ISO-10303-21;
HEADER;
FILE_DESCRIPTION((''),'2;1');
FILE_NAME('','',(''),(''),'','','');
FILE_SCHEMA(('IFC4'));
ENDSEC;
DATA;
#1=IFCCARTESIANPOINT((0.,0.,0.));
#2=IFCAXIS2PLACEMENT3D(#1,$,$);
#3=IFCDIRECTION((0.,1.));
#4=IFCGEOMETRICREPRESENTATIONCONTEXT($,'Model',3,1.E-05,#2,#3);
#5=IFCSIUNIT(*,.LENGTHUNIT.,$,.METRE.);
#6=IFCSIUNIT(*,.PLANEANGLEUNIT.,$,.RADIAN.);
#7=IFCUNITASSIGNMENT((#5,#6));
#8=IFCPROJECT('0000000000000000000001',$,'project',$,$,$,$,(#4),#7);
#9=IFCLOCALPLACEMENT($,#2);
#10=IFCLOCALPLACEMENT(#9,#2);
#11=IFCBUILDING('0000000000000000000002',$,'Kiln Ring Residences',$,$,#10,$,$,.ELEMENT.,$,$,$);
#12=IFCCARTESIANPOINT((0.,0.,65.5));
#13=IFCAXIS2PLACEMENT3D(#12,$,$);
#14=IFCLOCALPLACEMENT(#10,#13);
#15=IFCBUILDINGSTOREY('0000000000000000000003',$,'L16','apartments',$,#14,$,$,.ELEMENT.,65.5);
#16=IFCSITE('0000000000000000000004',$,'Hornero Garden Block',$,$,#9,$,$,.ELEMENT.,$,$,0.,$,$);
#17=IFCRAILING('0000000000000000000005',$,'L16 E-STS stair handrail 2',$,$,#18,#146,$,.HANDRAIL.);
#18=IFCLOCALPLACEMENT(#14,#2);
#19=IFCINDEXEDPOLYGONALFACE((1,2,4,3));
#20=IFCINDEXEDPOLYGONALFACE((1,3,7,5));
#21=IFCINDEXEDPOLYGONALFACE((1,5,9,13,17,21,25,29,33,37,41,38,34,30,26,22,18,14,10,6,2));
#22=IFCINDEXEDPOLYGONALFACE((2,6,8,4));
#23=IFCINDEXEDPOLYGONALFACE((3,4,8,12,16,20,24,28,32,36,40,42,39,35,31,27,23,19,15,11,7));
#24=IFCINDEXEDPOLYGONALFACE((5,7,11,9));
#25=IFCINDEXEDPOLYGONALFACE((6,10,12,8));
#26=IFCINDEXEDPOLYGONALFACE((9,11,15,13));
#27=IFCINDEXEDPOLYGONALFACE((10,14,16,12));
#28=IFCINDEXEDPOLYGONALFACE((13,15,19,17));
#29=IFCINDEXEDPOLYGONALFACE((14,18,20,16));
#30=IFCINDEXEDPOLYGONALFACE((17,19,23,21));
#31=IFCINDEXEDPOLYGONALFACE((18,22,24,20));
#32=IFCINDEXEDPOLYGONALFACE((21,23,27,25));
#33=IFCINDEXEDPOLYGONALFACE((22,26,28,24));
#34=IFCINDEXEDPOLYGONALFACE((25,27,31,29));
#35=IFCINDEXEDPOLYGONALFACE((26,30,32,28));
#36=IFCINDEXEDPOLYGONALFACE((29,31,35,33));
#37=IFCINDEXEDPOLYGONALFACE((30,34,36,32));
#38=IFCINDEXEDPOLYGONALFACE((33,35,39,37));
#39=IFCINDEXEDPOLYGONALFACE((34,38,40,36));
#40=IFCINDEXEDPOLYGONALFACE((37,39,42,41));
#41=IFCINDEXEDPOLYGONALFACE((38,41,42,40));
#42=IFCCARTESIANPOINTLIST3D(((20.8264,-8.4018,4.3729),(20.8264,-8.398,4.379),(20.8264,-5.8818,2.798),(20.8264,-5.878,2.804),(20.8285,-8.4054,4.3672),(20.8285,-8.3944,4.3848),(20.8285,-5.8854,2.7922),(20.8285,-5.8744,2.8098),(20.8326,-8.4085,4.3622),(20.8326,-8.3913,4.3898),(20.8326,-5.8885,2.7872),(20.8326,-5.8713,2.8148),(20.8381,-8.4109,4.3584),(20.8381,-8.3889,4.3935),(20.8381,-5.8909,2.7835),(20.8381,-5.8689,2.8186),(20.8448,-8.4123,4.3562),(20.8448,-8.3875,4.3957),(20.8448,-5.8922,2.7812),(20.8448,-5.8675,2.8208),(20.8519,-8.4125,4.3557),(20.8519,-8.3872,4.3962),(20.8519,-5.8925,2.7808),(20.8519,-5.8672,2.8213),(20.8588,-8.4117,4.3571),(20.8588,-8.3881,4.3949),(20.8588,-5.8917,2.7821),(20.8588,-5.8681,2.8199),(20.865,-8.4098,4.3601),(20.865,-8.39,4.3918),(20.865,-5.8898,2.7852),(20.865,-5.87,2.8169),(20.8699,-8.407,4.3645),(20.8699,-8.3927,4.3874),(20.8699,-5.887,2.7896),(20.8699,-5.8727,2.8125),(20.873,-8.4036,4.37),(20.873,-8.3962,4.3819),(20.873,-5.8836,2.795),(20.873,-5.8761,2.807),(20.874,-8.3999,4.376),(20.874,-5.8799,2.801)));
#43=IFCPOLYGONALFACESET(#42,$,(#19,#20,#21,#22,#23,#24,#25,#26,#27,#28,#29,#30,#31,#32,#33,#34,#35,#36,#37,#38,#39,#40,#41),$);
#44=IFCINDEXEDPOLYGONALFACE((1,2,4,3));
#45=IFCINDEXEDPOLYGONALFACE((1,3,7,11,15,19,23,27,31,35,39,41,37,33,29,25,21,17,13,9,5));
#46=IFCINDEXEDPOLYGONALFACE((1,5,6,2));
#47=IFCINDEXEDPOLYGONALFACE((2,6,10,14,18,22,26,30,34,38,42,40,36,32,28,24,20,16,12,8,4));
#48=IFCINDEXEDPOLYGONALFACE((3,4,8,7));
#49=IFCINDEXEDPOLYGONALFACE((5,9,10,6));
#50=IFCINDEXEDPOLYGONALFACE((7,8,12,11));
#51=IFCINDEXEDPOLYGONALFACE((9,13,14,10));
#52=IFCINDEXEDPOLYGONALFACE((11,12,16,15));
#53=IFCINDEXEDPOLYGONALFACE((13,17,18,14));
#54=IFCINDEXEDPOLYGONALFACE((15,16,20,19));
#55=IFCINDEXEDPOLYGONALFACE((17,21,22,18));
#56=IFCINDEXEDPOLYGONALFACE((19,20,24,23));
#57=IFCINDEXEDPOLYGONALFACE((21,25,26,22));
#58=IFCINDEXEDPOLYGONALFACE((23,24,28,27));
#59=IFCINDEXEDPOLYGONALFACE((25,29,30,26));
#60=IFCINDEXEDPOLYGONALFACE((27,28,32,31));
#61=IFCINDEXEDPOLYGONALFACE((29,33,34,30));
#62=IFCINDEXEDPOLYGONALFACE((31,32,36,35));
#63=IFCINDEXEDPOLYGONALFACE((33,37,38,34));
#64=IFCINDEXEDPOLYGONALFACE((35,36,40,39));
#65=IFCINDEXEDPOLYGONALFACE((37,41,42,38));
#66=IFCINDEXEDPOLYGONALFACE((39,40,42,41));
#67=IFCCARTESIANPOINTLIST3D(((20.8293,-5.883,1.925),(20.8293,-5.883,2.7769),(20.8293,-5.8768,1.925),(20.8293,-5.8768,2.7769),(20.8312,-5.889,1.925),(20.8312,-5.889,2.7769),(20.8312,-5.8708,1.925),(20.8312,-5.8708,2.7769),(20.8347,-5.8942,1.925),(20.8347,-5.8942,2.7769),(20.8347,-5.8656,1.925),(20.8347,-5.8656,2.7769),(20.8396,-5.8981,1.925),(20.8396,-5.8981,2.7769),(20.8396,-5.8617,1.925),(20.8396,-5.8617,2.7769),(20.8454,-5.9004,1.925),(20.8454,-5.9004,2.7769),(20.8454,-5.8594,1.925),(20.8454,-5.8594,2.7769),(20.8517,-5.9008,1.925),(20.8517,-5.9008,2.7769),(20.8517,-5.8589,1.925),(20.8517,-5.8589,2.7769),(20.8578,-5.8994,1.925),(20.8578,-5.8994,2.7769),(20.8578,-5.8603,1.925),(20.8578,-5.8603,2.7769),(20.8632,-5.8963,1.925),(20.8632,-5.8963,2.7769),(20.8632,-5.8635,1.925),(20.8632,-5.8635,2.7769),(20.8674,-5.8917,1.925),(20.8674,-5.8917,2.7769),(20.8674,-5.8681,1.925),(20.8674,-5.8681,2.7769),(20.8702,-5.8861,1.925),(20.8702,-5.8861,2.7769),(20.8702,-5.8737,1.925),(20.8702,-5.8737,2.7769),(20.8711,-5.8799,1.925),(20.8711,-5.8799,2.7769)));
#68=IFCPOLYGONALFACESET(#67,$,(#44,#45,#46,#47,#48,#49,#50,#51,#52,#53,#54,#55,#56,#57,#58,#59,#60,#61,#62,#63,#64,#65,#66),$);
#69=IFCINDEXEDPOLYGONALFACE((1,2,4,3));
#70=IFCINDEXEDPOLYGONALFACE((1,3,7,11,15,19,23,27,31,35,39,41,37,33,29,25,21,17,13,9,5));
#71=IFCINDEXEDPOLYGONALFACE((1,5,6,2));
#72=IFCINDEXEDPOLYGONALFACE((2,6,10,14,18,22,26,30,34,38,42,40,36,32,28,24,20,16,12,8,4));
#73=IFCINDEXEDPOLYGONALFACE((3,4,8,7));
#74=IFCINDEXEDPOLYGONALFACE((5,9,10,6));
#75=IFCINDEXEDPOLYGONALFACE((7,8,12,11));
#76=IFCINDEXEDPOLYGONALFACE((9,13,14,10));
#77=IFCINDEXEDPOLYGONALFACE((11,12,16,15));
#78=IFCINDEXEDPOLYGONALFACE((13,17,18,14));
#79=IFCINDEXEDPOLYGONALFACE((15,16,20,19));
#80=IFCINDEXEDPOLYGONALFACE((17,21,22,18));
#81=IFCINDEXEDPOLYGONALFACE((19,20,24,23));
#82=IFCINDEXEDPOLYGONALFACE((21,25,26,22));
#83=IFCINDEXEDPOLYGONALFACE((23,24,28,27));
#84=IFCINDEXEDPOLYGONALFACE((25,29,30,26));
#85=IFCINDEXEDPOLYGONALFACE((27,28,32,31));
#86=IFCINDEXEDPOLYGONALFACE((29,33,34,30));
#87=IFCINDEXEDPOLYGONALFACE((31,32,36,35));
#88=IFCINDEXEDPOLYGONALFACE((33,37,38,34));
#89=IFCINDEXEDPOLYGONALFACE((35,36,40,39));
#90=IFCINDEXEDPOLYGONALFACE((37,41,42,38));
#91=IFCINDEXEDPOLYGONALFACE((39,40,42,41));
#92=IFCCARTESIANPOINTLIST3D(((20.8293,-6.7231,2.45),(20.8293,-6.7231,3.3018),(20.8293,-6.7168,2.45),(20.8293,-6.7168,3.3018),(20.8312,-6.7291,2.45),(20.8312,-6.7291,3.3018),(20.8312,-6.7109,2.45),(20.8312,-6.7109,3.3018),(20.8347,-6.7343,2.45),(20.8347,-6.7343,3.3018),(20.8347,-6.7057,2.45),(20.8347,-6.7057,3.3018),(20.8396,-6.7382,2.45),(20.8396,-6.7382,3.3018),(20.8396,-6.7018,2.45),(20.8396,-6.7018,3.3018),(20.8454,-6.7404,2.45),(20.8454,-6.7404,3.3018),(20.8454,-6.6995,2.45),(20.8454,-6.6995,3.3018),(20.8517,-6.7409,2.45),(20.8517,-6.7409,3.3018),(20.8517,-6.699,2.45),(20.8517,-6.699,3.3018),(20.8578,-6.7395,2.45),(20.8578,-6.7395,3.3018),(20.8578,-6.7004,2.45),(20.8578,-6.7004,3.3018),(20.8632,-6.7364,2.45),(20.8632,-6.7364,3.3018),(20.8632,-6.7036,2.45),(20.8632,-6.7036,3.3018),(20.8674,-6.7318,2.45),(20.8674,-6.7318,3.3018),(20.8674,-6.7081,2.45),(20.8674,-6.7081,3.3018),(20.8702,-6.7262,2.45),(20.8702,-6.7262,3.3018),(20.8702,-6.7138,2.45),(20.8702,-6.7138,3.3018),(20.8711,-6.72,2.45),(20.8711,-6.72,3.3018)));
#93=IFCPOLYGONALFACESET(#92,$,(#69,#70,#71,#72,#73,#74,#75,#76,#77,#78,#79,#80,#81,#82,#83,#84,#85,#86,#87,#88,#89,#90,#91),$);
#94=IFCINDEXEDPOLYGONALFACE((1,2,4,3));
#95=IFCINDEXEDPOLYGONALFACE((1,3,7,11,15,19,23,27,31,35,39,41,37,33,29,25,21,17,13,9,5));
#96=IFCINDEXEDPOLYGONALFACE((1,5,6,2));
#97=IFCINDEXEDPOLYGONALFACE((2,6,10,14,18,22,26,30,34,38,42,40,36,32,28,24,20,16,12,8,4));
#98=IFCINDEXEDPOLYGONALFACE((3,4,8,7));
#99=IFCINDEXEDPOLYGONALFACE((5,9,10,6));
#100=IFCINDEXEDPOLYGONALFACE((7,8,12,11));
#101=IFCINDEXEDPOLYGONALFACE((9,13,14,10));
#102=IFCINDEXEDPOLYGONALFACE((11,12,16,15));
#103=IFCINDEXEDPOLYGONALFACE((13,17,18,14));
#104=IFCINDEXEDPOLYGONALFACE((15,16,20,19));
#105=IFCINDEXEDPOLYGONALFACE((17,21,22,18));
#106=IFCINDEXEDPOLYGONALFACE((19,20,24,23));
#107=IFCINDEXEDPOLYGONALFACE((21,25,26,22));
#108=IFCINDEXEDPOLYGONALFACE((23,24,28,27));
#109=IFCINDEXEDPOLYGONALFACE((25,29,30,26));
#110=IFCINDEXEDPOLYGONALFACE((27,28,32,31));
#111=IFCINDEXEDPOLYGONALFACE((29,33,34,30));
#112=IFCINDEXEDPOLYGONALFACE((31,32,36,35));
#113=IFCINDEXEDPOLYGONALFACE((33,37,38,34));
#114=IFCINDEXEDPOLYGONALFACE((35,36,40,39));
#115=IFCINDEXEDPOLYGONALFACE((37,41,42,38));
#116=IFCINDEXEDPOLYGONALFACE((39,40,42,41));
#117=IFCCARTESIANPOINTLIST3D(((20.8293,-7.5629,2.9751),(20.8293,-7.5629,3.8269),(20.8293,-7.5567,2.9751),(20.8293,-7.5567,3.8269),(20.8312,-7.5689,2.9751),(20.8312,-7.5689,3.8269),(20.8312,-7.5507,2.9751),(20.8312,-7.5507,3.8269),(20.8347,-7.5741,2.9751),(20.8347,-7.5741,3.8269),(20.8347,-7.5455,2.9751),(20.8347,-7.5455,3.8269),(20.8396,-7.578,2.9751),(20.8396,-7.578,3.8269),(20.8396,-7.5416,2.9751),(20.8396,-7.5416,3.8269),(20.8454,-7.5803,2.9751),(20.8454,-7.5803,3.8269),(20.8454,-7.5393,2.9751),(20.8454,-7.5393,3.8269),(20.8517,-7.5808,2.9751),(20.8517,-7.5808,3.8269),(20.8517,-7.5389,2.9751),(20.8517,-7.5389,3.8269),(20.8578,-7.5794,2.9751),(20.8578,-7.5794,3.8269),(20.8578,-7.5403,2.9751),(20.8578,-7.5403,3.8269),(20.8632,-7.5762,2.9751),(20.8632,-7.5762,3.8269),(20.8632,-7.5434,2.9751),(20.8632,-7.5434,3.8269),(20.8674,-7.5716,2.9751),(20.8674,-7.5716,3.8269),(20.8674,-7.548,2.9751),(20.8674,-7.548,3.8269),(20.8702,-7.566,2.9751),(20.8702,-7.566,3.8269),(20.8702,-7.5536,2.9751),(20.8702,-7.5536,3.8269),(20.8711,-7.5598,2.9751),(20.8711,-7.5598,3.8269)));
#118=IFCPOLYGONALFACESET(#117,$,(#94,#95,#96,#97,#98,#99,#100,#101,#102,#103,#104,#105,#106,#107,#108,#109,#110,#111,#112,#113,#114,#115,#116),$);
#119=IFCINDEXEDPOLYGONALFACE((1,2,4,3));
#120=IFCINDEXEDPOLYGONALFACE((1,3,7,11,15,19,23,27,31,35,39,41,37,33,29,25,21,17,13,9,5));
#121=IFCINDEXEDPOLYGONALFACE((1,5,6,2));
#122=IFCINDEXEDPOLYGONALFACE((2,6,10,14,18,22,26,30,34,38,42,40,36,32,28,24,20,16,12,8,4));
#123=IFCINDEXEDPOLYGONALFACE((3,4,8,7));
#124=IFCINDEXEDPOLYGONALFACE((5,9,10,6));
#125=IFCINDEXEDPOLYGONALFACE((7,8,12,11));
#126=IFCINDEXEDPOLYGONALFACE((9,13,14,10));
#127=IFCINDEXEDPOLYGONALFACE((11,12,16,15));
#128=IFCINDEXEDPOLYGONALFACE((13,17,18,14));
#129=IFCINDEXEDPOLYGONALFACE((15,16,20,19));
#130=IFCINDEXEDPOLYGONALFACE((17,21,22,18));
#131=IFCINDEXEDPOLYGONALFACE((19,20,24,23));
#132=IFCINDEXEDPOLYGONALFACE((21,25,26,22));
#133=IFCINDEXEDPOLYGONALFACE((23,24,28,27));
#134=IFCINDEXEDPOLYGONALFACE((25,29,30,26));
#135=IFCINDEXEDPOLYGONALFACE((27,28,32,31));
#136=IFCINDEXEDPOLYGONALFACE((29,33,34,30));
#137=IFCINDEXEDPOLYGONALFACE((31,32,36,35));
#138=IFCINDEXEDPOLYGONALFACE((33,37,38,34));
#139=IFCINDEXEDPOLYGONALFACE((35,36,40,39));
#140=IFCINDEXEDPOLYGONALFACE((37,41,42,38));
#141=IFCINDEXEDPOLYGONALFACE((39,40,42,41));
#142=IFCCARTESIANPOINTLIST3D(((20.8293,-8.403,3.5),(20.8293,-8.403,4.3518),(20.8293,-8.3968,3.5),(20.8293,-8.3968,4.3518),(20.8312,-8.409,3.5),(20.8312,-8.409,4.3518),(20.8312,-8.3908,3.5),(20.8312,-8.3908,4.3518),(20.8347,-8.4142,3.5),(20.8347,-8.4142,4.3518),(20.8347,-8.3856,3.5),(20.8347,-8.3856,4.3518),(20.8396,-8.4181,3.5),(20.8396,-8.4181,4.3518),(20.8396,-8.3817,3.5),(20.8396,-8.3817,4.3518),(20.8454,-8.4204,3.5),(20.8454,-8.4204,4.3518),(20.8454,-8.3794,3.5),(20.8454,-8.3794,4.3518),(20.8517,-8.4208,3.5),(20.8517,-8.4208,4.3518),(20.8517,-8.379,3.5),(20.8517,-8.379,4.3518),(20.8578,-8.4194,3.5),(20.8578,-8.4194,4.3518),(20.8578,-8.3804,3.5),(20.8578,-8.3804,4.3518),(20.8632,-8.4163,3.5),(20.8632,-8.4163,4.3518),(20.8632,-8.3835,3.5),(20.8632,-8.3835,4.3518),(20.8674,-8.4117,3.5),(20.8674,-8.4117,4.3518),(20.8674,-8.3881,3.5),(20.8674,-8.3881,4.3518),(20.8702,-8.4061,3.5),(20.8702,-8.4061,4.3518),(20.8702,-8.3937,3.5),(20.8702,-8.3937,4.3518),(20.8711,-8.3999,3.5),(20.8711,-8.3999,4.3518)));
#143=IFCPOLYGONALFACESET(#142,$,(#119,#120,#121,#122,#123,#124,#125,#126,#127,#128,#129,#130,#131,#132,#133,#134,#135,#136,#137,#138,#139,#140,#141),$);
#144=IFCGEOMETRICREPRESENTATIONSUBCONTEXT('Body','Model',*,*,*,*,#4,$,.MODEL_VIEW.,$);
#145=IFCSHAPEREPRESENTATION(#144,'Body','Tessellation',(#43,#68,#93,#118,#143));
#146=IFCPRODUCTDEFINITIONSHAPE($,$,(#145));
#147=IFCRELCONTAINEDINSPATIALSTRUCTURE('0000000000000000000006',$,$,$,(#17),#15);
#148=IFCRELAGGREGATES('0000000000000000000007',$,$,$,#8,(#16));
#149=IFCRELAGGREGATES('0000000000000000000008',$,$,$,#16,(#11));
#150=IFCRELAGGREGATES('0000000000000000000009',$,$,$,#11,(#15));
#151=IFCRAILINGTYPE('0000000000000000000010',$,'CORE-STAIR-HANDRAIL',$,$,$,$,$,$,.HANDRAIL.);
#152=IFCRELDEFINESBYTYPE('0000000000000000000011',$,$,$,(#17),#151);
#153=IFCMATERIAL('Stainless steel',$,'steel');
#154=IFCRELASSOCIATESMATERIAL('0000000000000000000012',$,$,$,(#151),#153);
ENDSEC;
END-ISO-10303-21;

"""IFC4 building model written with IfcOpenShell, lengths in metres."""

from ifc_helpers import new_model, si_unit, direction, frame, origin, origin_2d, place, context, subcontext, project, spatial, circle, extrude, material, type_object, element, save


model = new_model("IFC4")

# Units and contexts
model_context = context("Model", 3, precision=1e-05, world=origin(), true_north=direction((0.0, 1.0)))
body_context = subcontext(model_context, "Body", "Model", "MODEL_VIEW")
ifc_project = project(units=[si_unit("LENGTHUNIT", "METRE"), si_unit("PLANEANGLEUNIT", "RADIAN")], contexts=[model_context])

# Site, building, storey
site_placement = place(None, origin())
site = spatial("IfcSite", under=ifc_project, at=site_placement, Name="Hornero Garden Block", CompositionType="ELEMENT", RefElevation=0.0)
building_placement = place(site_placement, origin())
building = spatial("IfcBuilding", under=site, at=building_placement, Name="Kiln Ring Residences", CompositionType="ELEMENT")
storey_placement = place(building_placement, frame((0.0, 0.0, 65.5)))
storey = spatial("IfcBuildingStorey", under=building, at=storey_placement, Name="L16", Description="apartments", CompositionType="ELEMENT", Elevation=65.5)

# Railing
ifc_material_1 = material(Name="Stainless steel", Category="steel")
railing_type_1 = type_object("IfcRailingType", Name="CORE-STAIR-HANDRAIL", PredefinedType="HANDRAIL", material=ifc_material_1)
railing_1_placement = place(storey_placement, frame((20.8501, -5.8799, 1.925)))
element("IfcRailing", 1, at=railing_1_placement, inside=storey, type_object=railing_type_1, Name="L16 E-STS stair handrail 2", PredefinedType="HANDRAIL", context=body_context, shape_type="SweptSolid", body=[
    extrude(circle(Radius=0.0239, at=origin_2d()), frame((0.0, 0.0, 0.876), z_axis=(0.0, -0.848008, 0.529984), x_axis=(1.0, 0.0, 0.0)), (0.0, 0.0, 1.0), 2.9717),
    extrude(circle(Radius=0.021, at=origin_2d()), origin(), (0.0, 0.0, 1.0), 0.8518),
    extrude(circle(Radius=0.021, at=origin_2d()), frame((0.0, -0.8401, 0.5249)), (0.0, 0.0, 1.0), 0.8518),
    extrude(circle(Radius=0.021, at=origin_2d()), frame((0.0, -1.6799, 1.05)), (0.0, 0.0, 1.0), 0.8518),
    extrude(circle(Radius=0.021, at=origin_2d()), frame((0.0, -2.52, 1.575)), (0.0, 0.0, 1.0), 0.8518),
])

save(model, "model.ifc")
